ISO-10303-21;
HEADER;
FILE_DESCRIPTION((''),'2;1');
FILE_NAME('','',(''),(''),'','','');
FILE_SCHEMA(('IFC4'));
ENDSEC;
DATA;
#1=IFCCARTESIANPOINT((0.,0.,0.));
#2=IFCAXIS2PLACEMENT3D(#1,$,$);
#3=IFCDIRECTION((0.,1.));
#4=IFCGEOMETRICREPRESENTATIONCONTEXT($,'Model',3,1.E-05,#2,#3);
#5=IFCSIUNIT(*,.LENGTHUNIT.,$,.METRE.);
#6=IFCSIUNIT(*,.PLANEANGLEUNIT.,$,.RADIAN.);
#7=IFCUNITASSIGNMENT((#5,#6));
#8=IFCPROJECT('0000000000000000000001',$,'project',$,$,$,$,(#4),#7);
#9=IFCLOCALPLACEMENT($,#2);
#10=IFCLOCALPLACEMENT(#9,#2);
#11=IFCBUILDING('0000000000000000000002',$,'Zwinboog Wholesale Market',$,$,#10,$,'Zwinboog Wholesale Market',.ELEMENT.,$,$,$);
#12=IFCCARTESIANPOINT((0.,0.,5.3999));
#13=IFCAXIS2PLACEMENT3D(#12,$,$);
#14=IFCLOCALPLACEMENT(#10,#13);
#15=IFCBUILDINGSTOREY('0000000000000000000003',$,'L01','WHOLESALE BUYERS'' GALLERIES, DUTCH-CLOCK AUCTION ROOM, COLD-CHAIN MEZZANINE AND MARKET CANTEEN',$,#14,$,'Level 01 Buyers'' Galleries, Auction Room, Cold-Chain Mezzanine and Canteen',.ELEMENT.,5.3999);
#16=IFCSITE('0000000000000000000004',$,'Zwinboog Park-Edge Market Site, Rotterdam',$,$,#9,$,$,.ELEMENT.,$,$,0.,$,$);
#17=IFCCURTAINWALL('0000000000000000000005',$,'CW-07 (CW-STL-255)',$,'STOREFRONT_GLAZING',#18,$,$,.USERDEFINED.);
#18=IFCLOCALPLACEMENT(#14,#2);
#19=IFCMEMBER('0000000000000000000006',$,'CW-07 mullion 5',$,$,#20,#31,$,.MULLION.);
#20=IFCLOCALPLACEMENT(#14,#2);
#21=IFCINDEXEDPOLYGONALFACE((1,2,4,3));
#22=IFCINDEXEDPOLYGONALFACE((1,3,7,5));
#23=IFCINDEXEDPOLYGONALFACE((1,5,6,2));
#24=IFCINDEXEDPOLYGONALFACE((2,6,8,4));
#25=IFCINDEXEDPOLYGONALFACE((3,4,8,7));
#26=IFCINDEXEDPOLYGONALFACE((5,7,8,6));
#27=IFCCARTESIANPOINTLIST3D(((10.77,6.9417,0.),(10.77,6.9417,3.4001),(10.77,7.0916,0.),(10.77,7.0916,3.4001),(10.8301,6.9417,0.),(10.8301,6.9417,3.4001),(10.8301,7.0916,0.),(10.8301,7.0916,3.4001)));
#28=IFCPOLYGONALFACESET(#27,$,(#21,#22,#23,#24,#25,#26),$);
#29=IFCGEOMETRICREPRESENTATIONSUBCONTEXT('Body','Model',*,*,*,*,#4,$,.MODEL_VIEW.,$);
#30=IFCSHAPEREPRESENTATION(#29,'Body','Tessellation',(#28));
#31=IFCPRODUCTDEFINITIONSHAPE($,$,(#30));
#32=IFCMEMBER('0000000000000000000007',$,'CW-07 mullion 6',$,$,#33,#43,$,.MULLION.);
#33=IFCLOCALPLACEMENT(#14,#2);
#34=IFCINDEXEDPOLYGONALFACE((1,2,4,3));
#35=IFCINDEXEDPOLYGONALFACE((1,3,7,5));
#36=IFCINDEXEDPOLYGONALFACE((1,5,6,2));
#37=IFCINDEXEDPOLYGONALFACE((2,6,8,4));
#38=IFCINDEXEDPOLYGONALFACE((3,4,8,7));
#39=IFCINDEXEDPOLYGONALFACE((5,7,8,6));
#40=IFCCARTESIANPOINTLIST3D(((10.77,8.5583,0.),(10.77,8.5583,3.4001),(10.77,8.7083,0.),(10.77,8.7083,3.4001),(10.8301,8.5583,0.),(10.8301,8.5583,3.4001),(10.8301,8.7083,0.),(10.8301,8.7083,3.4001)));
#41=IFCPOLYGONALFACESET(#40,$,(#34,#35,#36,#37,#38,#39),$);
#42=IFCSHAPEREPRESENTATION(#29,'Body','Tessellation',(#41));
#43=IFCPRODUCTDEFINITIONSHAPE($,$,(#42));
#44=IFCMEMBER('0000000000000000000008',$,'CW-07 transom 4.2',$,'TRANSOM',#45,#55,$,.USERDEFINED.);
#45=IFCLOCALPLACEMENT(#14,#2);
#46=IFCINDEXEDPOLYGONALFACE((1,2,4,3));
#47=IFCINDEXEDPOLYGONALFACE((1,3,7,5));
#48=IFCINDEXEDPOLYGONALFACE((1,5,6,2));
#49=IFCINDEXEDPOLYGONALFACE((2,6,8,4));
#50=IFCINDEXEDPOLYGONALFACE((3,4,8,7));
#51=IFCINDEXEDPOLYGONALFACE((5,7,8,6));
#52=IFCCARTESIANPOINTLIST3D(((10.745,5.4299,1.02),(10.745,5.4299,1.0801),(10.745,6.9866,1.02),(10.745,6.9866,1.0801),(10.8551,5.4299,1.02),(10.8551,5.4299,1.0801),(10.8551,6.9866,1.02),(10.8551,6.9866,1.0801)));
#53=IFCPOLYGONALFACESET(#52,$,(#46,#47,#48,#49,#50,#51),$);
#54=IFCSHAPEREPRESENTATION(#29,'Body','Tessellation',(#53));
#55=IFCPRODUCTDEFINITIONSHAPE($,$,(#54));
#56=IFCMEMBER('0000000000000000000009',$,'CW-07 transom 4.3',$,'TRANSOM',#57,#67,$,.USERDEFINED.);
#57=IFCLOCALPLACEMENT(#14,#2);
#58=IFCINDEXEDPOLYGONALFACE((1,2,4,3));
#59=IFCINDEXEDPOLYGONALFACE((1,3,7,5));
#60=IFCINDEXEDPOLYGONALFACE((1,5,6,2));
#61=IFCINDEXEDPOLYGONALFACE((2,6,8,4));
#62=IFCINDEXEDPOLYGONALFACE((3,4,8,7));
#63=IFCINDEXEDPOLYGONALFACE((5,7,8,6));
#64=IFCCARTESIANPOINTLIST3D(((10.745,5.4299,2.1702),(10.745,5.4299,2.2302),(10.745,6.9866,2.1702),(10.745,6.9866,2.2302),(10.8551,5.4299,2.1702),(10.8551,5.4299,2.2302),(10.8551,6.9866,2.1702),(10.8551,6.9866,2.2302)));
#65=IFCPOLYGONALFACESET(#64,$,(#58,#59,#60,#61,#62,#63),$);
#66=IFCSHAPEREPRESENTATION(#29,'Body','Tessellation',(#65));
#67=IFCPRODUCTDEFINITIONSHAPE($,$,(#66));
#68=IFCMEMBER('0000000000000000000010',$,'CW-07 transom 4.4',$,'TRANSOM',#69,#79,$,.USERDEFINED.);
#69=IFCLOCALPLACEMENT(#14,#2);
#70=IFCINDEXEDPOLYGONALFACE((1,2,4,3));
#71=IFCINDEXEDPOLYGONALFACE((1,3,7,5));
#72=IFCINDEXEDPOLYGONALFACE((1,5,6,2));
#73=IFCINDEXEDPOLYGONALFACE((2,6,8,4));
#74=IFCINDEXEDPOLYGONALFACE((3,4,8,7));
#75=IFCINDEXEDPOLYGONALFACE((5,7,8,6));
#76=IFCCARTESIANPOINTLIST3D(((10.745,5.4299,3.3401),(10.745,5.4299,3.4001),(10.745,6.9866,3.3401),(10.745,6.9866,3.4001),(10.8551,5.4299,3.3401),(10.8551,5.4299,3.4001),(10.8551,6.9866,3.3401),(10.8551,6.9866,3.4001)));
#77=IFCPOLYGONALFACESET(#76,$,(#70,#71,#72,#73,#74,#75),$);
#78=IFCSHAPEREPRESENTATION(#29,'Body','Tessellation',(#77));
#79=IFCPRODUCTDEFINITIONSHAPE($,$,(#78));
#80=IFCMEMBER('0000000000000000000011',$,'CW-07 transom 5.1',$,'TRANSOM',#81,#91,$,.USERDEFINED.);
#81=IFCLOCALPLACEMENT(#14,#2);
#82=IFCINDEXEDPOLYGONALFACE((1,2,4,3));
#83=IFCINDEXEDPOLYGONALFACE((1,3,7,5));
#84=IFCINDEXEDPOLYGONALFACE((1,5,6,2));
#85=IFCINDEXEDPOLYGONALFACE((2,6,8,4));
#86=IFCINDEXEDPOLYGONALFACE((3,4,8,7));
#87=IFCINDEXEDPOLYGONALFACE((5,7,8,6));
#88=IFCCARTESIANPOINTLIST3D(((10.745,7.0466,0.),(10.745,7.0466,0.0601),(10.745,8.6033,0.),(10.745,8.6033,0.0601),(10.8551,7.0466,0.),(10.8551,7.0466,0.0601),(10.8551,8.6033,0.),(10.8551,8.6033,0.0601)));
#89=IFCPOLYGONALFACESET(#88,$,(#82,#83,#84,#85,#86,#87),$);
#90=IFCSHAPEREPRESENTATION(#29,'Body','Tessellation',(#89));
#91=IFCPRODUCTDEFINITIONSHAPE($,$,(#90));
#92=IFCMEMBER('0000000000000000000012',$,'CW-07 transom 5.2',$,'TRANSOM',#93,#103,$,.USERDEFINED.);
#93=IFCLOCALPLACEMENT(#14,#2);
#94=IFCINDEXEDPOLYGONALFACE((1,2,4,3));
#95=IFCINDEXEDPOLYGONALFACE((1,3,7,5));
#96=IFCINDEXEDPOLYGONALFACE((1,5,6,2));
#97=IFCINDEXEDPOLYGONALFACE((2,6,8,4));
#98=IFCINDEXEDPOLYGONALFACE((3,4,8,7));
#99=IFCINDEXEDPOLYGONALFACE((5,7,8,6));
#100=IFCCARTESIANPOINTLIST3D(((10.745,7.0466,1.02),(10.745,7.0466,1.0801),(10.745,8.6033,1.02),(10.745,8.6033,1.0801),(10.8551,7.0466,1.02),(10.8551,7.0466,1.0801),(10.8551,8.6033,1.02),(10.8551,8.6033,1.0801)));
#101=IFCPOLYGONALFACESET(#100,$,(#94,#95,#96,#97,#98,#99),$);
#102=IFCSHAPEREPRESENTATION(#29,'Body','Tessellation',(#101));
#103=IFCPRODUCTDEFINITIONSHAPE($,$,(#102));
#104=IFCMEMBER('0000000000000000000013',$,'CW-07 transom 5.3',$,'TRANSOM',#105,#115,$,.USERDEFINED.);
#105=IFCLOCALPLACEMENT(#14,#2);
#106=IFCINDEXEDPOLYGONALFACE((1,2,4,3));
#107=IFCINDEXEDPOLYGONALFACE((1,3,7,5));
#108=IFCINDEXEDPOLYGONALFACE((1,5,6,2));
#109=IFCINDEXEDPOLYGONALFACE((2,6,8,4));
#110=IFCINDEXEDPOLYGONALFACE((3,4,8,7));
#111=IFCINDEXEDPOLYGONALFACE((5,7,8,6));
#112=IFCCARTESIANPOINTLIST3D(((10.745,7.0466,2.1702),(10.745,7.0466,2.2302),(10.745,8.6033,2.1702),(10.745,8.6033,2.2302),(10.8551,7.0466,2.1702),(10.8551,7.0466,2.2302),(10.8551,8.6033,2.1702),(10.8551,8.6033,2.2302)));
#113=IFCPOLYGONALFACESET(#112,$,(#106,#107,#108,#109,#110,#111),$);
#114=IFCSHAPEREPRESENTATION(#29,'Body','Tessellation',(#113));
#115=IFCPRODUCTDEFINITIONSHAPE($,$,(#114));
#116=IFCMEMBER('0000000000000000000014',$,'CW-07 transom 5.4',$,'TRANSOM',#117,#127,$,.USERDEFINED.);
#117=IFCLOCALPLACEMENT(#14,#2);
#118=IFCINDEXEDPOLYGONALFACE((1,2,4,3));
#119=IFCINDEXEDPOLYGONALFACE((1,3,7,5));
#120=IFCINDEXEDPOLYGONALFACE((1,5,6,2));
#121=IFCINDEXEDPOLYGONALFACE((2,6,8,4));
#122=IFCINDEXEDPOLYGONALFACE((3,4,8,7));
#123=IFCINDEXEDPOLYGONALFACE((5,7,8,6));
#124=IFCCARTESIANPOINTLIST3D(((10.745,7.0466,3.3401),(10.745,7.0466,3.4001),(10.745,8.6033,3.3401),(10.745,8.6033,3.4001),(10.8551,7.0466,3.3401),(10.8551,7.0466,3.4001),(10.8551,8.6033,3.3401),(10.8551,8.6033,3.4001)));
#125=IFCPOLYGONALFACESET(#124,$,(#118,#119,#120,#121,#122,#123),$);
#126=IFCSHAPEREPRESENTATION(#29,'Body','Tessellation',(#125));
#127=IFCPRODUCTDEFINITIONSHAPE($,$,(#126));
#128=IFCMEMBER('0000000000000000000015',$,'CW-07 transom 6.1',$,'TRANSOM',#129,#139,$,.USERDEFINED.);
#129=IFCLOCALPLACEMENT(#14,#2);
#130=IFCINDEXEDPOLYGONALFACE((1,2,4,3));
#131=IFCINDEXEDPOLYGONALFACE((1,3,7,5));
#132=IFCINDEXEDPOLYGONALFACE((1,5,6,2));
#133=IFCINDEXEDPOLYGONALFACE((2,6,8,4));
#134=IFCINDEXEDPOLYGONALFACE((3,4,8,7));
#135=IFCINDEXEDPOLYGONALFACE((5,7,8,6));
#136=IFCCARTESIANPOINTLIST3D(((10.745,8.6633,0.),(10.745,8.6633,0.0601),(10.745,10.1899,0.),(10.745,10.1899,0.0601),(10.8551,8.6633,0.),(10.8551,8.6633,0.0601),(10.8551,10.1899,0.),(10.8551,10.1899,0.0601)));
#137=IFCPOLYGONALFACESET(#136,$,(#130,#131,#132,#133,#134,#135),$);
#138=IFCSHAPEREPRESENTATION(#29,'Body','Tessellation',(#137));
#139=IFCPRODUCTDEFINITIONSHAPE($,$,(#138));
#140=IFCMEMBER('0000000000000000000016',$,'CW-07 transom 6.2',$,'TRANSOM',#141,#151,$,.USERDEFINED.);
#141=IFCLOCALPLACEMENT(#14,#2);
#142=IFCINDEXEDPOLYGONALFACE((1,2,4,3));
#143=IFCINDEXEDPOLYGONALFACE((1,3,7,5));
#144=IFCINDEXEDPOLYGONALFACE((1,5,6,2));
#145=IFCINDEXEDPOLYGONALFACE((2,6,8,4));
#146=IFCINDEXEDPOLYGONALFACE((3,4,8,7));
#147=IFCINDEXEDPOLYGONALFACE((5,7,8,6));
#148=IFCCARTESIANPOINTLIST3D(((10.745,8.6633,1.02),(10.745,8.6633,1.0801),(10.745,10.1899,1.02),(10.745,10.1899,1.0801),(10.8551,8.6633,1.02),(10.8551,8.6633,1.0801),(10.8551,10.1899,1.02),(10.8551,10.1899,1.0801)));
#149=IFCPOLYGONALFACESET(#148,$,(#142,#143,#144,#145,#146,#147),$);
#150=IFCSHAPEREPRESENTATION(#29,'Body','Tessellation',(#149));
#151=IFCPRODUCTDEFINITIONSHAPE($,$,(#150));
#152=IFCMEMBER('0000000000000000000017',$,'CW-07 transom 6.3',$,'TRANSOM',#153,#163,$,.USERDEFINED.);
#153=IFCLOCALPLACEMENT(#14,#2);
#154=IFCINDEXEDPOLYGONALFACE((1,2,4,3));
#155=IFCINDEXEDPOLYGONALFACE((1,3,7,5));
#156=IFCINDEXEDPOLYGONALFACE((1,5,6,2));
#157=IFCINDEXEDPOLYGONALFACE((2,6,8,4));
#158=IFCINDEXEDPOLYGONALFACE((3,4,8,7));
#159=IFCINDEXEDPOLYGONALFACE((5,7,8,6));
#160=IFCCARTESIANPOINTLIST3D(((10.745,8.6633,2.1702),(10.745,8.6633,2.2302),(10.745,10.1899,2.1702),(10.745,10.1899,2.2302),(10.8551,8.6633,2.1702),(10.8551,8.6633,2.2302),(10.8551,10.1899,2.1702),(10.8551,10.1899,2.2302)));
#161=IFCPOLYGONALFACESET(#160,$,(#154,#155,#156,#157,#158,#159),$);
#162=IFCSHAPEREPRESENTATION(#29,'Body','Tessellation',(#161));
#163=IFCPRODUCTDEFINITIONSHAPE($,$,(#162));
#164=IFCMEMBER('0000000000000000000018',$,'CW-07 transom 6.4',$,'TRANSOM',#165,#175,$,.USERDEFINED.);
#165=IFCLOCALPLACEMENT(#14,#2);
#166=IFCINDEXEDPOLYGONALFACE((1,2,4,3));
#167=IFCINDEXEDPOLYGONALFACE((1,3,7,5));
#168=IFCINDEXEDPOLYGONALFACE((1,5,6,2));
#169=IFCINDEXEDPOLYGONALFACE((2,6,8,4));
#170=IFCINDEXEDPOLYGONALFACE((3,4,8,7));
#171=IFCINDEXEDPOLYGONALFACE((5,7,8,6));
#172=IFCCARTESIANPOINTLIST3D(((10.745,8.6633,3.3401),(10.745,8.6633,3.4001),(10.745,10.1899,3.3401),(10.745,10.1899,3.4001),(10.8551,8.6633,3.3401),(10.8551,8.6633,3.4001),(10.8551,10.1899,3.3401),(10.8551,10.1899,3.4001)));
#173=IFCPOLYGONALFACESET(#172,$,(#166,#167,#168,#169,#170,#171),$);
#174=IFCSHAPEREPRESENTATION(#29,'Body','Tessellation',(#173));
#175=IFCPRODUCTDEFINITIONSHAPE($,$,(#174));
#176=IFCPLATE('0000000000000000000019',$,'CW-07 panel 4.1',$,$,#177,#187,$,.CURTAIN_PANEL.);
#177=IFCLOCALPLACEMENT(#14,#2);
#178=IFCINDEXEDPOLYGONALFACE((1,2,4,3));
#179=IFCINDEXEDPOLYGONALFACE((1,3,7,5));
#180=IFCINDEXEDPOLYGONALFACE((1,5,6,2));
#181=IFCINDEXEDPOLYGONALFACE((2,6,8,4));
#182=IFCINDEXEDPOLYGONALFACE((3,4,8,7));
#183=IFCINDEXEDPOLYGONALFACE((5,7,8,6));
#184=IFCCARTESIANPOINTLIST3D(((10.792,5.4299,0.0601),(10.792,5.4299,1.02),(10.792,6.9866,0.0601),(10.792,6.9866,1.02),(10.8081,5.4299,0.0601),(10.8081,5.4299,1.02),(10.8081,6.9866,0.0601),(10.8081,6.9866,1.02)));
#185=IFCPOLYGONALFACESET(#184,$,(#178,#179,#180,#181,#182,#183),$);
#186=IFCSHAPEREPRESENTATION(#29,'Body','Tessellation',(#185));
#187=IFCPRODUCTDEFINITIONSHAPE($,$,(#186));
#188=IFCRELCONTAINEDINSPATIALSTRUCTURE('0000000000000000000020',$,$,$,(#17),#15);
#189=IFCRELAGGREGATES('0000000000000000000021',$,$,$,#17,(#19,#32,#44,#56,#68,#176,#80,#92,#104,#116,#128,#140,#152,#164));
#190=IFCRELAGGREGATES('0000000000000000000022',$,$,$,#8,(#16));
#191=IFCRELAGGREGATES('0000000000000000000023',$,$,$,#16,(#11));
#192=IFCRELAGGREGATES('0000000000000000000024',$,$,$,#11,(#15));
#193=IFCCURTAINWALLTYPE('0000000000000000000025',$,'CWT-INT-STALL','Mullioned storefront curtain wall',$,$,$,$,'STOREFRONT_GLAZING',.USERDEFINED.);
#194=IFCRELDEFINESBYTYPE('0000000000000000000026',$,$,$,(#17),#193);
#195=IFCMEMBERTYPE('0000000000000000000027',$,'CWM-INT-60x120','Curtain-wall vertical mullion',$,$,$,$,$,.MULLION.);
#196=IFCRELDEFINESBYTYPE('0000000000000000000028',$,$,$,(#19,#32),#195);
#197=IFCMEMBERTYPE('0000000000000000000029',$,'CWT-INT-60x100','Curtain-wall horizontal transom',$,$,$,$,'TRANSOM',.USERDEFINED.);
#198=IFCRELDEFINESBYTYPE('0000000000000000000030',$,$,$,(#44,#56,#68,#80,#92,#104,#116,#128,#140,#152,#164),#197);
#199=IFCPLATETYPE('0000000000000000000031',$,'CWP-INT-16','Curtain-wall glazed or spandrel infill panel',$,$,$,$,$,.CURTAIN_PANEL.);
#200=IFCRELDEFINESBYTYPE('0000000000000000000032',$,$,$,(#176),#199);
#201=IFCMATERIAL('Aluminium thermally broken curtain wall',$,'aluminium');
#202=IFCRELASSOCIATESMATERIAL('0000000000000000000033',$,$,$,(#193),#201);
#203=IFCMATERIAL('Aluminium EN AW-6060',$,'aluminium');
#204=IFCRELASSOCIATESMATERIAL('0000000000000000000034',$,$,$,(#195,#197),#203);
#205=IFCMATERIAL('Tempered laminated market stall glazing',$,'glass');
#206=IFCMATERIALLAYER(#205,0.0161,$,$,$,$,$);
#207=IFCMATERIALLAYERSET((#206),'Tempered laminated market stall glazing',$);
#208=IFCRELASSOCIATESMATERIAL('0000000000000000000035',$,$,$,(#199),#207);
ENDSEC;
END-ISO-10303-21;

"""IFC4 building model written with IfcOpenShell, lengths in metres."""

from ifc_helpers import new_model, si_unit, direction, frame, origin, origin_2d, place, context, subcontext, project, spatial, rectangle, extrude, material, layer, layer_set, material_profile, profile_set, type_object, element, aggregate, save


model = new_model("IFC4")

# Units and contexts
model_context = context("Model", 3, precision=1e-05, world=origin(), true_north=direction((0.0, 1.0)))
body_context = subcontext(model_context, "Body", "Model", "MODEL_VIEW")
ifc_project = project(units=[si_unit("LENGTHUNIT", "METRE"), si_unit("PLANEANGLEUNIT", "RADIAN")], contexts=[model_context])

# Site, building, storey
site_placement = place(None, origin())
site = spatial("IfcSite", under=ifc_project, at=site_placement, Name="Zwinboog Park-Edge Market Site, Rotterdam", CompositionType="ELEMENT", RefElevation=0.0)
building_placement = place(site_placement, origin())
building = spatial("IfcBuilding", under=site, at=building_placement, Name="Zwinboog Wholesale Market", LongName="Zwinboog Wholesale Market", CompositionType="ELEMENT")
storey_placement = place(building_placement, frame((0.0, 0.0, 5.3999)))
storey = spatial("IfcBuildingStorey", under=building, at=storey_placement, Name="L01", Description="WHOLESALE BUYERS' GALLERIES, DUTCH-CLOCK AUCTION ROOM, COLD-CHAIN MEZZANINE AND MARKET CANTEEN", LongName="Level 01 Buyers' Galleries, Auction Room, Cold-Chain Mezzanine and Canteen", CompositionType="ELEMENT", Elevation=5.3999)

# Curtain wall, members, plate
ifc_material_1 = material(Name="Aluminium thermally broken curtain wall", Category="aluminium")
curtain_wall_type = type_object("IfcCurtainWallType", Name="CWT-INT-STALL", Description="Mullioned storefront curtain wall", ElementType="STOREFRONT_GLAZING", PredefinedType="USERDEFINED", material=ifc_material_1)
curtain_wall_placement = place(storey_placement, origin())
curtain_wall = element("IfcCurtainWall", 1, at=curtain_wall_placement, inside=storey, type_object=curtain_wall_type, Name="CW-07 (CW-STL-255)", ObjectType="STOREFRONT_GLAZING", PredefinedType="USERDEFINED")
ifc_material_2 = material(Name="Aluminium EN AW-6060", Category="aluminium")
ifc_material_profile_1 = material_profile(ifc_material_2, rectangle(XDim=0.0601, YDim=0.1499, at=origin_2d()), Name="AL 60x150")
ifc_profile_set_1 = profile_set([ifc_material_profile_1], Name="Aluminium EN AW-6060")
member_type_1 = type_object("IfcMemberType", Name="CWM-INT-60x120", Description="Curtain-wall vertical mullion", PredefinedType="MULLION", material=ifc_profile_set_1)
member_1_placement = place(storey_placement, frame((10.8, 7.0166, 0.0), z_axis=(0.0, 0.0, 1.0), x_axis=(-1.0, 0.0, 0.0)))
member_1 = element("IfcMember", 2, at=member_1_placement, type_object=member_type_1, Name="CW-07 mullion 5", PredefinedType="MULLION", context=body_context, shape_type="SweptSolid", body=[
    extrude(rectangle(XDim=0.0601, YDim=0.1499, at=origin_2d()), origin(), (0.0, 0.0, 1.0), 3.4001),
])
member_2_placement = place(storey_placement, frame((10.8, 8.6333, 0.0), z_axis=(0.0, 0.0, 1.0), x_axis=(-1.0, 0.0, 0.0)))
member_2 = element("IfcMember", 3, at=member_2_placement, type_object=member_type_1, Name="CW-07 mullion 6", PredefinedType="MULLION", context=body_context, shape_type="SweptSolid", body=[
    extrude(rectangle(XDim=0.0601, YDim=0.1499, at=origin_2d()), origin(), (0.0, 0.0, 1.0), 3.4001),
])
ifc_material_profile_2 = material_profile(ifc_material_2, rectangle(XDim=0.1101, YDim=0.0601, at=origin_2d()), Name="AL 60x110")
ifc_profile_set_2 = profile_set([ifc_material_profile_2], Name="Aluminium EN AW-6060")
member_type_2 = type_object("IfcMemberType", Name="CWT-INT-60x100", Description="Curtain-wall horizontal transom", ElementType="TRANSOM", PredefinedType="USERDEFINED", material=ifc_profile_set_2)
member_3_placement = place(storey_placement, frame((10.8, 5.4299, 1.05), z_axis=(0.0, 1.0, 0.0), x_axis=(-1.0, 0.0, 0.0)))
member_3 = element("IfcMember", 4, at=member_3_placement, type_object=member_type_2, Name="CW-07 transom 4.2", ObjectType="TRANSOM", PredefinedType="USERDEFINED", context=body_context, shape_type="SweptSolid", body=[
    extrude(rectangle(XDim=0.1101, YDim=0.0601, at=origin_2d()), origin(), (0.0, 0.0, 1.0), 1.5566),
])
member_4_placement = place(storey_placement, frame((10.8, 5.4299, 2.2002), z_axis=(0.0, 1.0, 0.0), x_axis=(-1.0, 0.0, 0.0)))
member_4 = element("IfcMember", 5, at=member_4_placement, type_object=member_type_2, Name="CW-07 transom 4.3", ObjectType="TRANSOM", PredefinedType="USERDEFINED", context=body_context, shape_type="SweptSolid", body=[
    extrude(rectangle(XDim=0.1101, YDim=0.0601, at=origin_2d()), origin(), (0.0, 0.0, 1.0), 1.5566),
])
member_5_placement = place(storey_placement, frame((10.8, 5.4299, 3.3701), z_axis=(0.0, 1.0, 0.0), x_axis=(-1.0, 0.0, 0.0)))
member_5 = element("IfcMember", 6, at=member_5_placement, type_object=member_type_2, Name="CW-07 transom 4.4", ObjectType="TRANSOM", PredefinedType="USERDEFINED", context=body_context, shape_type="SweptSolid", body=[
    extrude(rectangle(XDim=0.1101, YDim=0.0601, at=origin_2d()), origin(), (0.0, 0.0, 1.0), 1.5566),
])
member_6_placement = place(storey_placement, frame((10.8, 7.0466, 0.03), z_axis=(0.0, 1.0, 0.0), x_axis=(-1.0, 0.0, 0.0)))
member_6 = element("IfcMember", 7, at=member_6_placement, type_object=member_type_2, Name="CW-07 transom 5.1", ObjectType="TRANSOM", PredefinedType="USERDEFINED", context=body_context, shape_type="SweptSolid", body=[
    extrude(rectangle(XDim=0.1101, YDim=0.0601, at=origin_2d()), origin(), (0.0, 0.0, 1.0), 1.5566),
])
member_7_placement = place(storey_placement, frame((10.8, 7.0466, 1.05), z_axis=(0.0, 1.0, 0.0), x_axis=(-1.0, 0.0, 0.0)))
member_7 = element("IfcMember", 8, at=member_7_placement, type_object=member_type_2, Name="CW-07 transom 5.2", ObjectType="TRANSOM", PredefinedType="USERDEFINED", context=body_context, shape_type="SweptSolid", body=[
    extrude(rectangle(XDim=0.1101, YDim=0.0601, at=origin_2d()), origin(), (0.0, 0.0, 1.0), 1.5566),
])
member_8_placement = place(storey_placement, frame((10.8, 7.0466, 2.2002), z_axis=(0.0, 1.0, 0.0), x_axis=(-1.0, 0.0, 0.0)))
member_8 = element("IfcMember", 9, at=member_8_placement, type_object=member_type_2, Name="CW-07 transom 5.3", ObjectType="TRANSOM", PredefinedType="USERDEFINED", context=body_context, shape_type="SweptSolid", body=[
    extrude(rectangle(XDim=0.1101, YDim=0.0601, at=origin_2d()), origin(), (0.0, 0.0, 1.0), 1.5566),
])
member_9_placement = place(storey_placement, frame((10.8, 7.0466, 3.3701), z_axis=(0.0, 1.0, 0.0), x_axis=(-1.0, 0.0, 0.0)))
member_9 = element("IfcMember", 10, at=member_9_placement, type_object=member_type_2, Name="CW-07 transom 5.4", ObjectType="TRANSOM", PredefinedType="USERDEFINED", context=body_context, shape_type="SweptSolid", body=[
    extrude(rectangle(XDim=0.1101, YDim=0.0601, at=origin_2d()), origin(), (0.0, 0.0, 1.0), 1.5566),
])
member_10_placement = place(storey_placement, frame((10.8, 8.6633, 0.03), z_axis=(0.0, 1.0, 0.0), x_axis=(-1.0, 0.0, 0.0)))
member_10 = element("IfcMember", 11, at=member_10_placement, type_object=member_type_2, Name="CW-07 transom 6.1", ObjectType="TRANSOM", PredefinedType="USERDEFINED", context=body_context, shape_type="SweptSolid", body=[
    extrude(rectangle(XDim=0.1101, YDim=0.0601, at=origin_2d()), origin(), (0.0, 0.0, 1.0), 1.5266),
])
member_11_placement = place(storey_placement, frame((10.8, 8.6633, 1.05), z_axis=(0.0, 1.0, 0.0), x_axis=(-1.0, 0.0, 0.0)))
member_11 = element("IfcMember", 12, at=member_11_placement, type_object=member_type_2, Name="CW-07 transom 6.2", ObjectType="TRANSOM", PredefinedType="USERDEFINED", context=body_context, shape_type="SweptSolid", body=[
    extrude(rectangle(XDim=0.1101, YDim=0.0601, at=origin_2d()), origin(), (0.0, 0.0, 1.0), 1.5266),
])
member_12_placement = place(storey_placement, frame((10.8, 8.6633, 2.2002), z_axis=(0.0, 1.0, 0.0), x_axis=(-1.0, 0.0, 0.0)))
member_12 = element("IfcMember", 13, at=member_12_placement, type_object=member_type_2, Name="CW-07 transom 6.3", ObjectType="TRANSOM", PredefinedType="USERDEFINED", context=body_context, shape_type="SweptSolid", body=[
    extrude(rectangle(XDim=0.1101, YDim=0.0601, at=origin_2d()), origin(), (0.0, 0.0, 1.0), 1.5266),
])
member_13_placement = place(storey_placement, frame((10.8, 8.6633, 3.3701), z_axis=(0.0, 1.0, 0.0), x_axis=(-1.0, 0.0, 0.0)))
member_13 = element("IfcMember", 14, at=member_13_placement, type_object=member_type_2, Name="CW-07 transom 6.4", ObjectType="TRANSOM", PredefinedType="USERDEFINED", context=body_context, shape_type="SweptSolid", body=[
    extrude(rectangle(XDim=0.1101, YDim=0.0601, at=origin_2d()), origin(), (0.0, 0.0, 1.0), 1.5266),
])
ifc_material_3 = material(Name="Tempered laminated market stall glazing", Category="glass")
ifc_layer = layer(ifc_material_3, 0.0161)
ifc_layer_set = layer_set([ifc_layer], Name="Tempered laminated market stall glazing")
plate_type = type_object("IfcPlateType", Name="CWP-INT-16", Description="Curtain-wall glazed or spandrel infill panel", PredefinedType="CURTAIN_PANEL", material=ifc_layer_set)
plate_1_placement = place(storey_placement, frame((10.8, 6.2083, 0.0601), z_axis=(0.0, 0.0, 1.0), x_axis=(0.0, 1.0, 0.0)))
plate_1 = element("IfcPlate", 15, at=plate_1_placement, type_object=plate_type, Name="CW-07 panel 4.1", PredefinedType="CURTAIN_PANEL", context=body_context, shape_type="SweptSolid", body=[
    extrude(rectangle(XDim=1.5566, YDim=0.0161, at=origin_2d()), origin(), (0.0, 0.0, 1.0), 0.96),
])
aggregate(curtain_wall, [member_1, member_2, member_3, member_4, member_5, plate_1, member_6, member_7, member_8, member_9, member_10, member_11, member_12, member_13])

save(model, "model.ifc")
